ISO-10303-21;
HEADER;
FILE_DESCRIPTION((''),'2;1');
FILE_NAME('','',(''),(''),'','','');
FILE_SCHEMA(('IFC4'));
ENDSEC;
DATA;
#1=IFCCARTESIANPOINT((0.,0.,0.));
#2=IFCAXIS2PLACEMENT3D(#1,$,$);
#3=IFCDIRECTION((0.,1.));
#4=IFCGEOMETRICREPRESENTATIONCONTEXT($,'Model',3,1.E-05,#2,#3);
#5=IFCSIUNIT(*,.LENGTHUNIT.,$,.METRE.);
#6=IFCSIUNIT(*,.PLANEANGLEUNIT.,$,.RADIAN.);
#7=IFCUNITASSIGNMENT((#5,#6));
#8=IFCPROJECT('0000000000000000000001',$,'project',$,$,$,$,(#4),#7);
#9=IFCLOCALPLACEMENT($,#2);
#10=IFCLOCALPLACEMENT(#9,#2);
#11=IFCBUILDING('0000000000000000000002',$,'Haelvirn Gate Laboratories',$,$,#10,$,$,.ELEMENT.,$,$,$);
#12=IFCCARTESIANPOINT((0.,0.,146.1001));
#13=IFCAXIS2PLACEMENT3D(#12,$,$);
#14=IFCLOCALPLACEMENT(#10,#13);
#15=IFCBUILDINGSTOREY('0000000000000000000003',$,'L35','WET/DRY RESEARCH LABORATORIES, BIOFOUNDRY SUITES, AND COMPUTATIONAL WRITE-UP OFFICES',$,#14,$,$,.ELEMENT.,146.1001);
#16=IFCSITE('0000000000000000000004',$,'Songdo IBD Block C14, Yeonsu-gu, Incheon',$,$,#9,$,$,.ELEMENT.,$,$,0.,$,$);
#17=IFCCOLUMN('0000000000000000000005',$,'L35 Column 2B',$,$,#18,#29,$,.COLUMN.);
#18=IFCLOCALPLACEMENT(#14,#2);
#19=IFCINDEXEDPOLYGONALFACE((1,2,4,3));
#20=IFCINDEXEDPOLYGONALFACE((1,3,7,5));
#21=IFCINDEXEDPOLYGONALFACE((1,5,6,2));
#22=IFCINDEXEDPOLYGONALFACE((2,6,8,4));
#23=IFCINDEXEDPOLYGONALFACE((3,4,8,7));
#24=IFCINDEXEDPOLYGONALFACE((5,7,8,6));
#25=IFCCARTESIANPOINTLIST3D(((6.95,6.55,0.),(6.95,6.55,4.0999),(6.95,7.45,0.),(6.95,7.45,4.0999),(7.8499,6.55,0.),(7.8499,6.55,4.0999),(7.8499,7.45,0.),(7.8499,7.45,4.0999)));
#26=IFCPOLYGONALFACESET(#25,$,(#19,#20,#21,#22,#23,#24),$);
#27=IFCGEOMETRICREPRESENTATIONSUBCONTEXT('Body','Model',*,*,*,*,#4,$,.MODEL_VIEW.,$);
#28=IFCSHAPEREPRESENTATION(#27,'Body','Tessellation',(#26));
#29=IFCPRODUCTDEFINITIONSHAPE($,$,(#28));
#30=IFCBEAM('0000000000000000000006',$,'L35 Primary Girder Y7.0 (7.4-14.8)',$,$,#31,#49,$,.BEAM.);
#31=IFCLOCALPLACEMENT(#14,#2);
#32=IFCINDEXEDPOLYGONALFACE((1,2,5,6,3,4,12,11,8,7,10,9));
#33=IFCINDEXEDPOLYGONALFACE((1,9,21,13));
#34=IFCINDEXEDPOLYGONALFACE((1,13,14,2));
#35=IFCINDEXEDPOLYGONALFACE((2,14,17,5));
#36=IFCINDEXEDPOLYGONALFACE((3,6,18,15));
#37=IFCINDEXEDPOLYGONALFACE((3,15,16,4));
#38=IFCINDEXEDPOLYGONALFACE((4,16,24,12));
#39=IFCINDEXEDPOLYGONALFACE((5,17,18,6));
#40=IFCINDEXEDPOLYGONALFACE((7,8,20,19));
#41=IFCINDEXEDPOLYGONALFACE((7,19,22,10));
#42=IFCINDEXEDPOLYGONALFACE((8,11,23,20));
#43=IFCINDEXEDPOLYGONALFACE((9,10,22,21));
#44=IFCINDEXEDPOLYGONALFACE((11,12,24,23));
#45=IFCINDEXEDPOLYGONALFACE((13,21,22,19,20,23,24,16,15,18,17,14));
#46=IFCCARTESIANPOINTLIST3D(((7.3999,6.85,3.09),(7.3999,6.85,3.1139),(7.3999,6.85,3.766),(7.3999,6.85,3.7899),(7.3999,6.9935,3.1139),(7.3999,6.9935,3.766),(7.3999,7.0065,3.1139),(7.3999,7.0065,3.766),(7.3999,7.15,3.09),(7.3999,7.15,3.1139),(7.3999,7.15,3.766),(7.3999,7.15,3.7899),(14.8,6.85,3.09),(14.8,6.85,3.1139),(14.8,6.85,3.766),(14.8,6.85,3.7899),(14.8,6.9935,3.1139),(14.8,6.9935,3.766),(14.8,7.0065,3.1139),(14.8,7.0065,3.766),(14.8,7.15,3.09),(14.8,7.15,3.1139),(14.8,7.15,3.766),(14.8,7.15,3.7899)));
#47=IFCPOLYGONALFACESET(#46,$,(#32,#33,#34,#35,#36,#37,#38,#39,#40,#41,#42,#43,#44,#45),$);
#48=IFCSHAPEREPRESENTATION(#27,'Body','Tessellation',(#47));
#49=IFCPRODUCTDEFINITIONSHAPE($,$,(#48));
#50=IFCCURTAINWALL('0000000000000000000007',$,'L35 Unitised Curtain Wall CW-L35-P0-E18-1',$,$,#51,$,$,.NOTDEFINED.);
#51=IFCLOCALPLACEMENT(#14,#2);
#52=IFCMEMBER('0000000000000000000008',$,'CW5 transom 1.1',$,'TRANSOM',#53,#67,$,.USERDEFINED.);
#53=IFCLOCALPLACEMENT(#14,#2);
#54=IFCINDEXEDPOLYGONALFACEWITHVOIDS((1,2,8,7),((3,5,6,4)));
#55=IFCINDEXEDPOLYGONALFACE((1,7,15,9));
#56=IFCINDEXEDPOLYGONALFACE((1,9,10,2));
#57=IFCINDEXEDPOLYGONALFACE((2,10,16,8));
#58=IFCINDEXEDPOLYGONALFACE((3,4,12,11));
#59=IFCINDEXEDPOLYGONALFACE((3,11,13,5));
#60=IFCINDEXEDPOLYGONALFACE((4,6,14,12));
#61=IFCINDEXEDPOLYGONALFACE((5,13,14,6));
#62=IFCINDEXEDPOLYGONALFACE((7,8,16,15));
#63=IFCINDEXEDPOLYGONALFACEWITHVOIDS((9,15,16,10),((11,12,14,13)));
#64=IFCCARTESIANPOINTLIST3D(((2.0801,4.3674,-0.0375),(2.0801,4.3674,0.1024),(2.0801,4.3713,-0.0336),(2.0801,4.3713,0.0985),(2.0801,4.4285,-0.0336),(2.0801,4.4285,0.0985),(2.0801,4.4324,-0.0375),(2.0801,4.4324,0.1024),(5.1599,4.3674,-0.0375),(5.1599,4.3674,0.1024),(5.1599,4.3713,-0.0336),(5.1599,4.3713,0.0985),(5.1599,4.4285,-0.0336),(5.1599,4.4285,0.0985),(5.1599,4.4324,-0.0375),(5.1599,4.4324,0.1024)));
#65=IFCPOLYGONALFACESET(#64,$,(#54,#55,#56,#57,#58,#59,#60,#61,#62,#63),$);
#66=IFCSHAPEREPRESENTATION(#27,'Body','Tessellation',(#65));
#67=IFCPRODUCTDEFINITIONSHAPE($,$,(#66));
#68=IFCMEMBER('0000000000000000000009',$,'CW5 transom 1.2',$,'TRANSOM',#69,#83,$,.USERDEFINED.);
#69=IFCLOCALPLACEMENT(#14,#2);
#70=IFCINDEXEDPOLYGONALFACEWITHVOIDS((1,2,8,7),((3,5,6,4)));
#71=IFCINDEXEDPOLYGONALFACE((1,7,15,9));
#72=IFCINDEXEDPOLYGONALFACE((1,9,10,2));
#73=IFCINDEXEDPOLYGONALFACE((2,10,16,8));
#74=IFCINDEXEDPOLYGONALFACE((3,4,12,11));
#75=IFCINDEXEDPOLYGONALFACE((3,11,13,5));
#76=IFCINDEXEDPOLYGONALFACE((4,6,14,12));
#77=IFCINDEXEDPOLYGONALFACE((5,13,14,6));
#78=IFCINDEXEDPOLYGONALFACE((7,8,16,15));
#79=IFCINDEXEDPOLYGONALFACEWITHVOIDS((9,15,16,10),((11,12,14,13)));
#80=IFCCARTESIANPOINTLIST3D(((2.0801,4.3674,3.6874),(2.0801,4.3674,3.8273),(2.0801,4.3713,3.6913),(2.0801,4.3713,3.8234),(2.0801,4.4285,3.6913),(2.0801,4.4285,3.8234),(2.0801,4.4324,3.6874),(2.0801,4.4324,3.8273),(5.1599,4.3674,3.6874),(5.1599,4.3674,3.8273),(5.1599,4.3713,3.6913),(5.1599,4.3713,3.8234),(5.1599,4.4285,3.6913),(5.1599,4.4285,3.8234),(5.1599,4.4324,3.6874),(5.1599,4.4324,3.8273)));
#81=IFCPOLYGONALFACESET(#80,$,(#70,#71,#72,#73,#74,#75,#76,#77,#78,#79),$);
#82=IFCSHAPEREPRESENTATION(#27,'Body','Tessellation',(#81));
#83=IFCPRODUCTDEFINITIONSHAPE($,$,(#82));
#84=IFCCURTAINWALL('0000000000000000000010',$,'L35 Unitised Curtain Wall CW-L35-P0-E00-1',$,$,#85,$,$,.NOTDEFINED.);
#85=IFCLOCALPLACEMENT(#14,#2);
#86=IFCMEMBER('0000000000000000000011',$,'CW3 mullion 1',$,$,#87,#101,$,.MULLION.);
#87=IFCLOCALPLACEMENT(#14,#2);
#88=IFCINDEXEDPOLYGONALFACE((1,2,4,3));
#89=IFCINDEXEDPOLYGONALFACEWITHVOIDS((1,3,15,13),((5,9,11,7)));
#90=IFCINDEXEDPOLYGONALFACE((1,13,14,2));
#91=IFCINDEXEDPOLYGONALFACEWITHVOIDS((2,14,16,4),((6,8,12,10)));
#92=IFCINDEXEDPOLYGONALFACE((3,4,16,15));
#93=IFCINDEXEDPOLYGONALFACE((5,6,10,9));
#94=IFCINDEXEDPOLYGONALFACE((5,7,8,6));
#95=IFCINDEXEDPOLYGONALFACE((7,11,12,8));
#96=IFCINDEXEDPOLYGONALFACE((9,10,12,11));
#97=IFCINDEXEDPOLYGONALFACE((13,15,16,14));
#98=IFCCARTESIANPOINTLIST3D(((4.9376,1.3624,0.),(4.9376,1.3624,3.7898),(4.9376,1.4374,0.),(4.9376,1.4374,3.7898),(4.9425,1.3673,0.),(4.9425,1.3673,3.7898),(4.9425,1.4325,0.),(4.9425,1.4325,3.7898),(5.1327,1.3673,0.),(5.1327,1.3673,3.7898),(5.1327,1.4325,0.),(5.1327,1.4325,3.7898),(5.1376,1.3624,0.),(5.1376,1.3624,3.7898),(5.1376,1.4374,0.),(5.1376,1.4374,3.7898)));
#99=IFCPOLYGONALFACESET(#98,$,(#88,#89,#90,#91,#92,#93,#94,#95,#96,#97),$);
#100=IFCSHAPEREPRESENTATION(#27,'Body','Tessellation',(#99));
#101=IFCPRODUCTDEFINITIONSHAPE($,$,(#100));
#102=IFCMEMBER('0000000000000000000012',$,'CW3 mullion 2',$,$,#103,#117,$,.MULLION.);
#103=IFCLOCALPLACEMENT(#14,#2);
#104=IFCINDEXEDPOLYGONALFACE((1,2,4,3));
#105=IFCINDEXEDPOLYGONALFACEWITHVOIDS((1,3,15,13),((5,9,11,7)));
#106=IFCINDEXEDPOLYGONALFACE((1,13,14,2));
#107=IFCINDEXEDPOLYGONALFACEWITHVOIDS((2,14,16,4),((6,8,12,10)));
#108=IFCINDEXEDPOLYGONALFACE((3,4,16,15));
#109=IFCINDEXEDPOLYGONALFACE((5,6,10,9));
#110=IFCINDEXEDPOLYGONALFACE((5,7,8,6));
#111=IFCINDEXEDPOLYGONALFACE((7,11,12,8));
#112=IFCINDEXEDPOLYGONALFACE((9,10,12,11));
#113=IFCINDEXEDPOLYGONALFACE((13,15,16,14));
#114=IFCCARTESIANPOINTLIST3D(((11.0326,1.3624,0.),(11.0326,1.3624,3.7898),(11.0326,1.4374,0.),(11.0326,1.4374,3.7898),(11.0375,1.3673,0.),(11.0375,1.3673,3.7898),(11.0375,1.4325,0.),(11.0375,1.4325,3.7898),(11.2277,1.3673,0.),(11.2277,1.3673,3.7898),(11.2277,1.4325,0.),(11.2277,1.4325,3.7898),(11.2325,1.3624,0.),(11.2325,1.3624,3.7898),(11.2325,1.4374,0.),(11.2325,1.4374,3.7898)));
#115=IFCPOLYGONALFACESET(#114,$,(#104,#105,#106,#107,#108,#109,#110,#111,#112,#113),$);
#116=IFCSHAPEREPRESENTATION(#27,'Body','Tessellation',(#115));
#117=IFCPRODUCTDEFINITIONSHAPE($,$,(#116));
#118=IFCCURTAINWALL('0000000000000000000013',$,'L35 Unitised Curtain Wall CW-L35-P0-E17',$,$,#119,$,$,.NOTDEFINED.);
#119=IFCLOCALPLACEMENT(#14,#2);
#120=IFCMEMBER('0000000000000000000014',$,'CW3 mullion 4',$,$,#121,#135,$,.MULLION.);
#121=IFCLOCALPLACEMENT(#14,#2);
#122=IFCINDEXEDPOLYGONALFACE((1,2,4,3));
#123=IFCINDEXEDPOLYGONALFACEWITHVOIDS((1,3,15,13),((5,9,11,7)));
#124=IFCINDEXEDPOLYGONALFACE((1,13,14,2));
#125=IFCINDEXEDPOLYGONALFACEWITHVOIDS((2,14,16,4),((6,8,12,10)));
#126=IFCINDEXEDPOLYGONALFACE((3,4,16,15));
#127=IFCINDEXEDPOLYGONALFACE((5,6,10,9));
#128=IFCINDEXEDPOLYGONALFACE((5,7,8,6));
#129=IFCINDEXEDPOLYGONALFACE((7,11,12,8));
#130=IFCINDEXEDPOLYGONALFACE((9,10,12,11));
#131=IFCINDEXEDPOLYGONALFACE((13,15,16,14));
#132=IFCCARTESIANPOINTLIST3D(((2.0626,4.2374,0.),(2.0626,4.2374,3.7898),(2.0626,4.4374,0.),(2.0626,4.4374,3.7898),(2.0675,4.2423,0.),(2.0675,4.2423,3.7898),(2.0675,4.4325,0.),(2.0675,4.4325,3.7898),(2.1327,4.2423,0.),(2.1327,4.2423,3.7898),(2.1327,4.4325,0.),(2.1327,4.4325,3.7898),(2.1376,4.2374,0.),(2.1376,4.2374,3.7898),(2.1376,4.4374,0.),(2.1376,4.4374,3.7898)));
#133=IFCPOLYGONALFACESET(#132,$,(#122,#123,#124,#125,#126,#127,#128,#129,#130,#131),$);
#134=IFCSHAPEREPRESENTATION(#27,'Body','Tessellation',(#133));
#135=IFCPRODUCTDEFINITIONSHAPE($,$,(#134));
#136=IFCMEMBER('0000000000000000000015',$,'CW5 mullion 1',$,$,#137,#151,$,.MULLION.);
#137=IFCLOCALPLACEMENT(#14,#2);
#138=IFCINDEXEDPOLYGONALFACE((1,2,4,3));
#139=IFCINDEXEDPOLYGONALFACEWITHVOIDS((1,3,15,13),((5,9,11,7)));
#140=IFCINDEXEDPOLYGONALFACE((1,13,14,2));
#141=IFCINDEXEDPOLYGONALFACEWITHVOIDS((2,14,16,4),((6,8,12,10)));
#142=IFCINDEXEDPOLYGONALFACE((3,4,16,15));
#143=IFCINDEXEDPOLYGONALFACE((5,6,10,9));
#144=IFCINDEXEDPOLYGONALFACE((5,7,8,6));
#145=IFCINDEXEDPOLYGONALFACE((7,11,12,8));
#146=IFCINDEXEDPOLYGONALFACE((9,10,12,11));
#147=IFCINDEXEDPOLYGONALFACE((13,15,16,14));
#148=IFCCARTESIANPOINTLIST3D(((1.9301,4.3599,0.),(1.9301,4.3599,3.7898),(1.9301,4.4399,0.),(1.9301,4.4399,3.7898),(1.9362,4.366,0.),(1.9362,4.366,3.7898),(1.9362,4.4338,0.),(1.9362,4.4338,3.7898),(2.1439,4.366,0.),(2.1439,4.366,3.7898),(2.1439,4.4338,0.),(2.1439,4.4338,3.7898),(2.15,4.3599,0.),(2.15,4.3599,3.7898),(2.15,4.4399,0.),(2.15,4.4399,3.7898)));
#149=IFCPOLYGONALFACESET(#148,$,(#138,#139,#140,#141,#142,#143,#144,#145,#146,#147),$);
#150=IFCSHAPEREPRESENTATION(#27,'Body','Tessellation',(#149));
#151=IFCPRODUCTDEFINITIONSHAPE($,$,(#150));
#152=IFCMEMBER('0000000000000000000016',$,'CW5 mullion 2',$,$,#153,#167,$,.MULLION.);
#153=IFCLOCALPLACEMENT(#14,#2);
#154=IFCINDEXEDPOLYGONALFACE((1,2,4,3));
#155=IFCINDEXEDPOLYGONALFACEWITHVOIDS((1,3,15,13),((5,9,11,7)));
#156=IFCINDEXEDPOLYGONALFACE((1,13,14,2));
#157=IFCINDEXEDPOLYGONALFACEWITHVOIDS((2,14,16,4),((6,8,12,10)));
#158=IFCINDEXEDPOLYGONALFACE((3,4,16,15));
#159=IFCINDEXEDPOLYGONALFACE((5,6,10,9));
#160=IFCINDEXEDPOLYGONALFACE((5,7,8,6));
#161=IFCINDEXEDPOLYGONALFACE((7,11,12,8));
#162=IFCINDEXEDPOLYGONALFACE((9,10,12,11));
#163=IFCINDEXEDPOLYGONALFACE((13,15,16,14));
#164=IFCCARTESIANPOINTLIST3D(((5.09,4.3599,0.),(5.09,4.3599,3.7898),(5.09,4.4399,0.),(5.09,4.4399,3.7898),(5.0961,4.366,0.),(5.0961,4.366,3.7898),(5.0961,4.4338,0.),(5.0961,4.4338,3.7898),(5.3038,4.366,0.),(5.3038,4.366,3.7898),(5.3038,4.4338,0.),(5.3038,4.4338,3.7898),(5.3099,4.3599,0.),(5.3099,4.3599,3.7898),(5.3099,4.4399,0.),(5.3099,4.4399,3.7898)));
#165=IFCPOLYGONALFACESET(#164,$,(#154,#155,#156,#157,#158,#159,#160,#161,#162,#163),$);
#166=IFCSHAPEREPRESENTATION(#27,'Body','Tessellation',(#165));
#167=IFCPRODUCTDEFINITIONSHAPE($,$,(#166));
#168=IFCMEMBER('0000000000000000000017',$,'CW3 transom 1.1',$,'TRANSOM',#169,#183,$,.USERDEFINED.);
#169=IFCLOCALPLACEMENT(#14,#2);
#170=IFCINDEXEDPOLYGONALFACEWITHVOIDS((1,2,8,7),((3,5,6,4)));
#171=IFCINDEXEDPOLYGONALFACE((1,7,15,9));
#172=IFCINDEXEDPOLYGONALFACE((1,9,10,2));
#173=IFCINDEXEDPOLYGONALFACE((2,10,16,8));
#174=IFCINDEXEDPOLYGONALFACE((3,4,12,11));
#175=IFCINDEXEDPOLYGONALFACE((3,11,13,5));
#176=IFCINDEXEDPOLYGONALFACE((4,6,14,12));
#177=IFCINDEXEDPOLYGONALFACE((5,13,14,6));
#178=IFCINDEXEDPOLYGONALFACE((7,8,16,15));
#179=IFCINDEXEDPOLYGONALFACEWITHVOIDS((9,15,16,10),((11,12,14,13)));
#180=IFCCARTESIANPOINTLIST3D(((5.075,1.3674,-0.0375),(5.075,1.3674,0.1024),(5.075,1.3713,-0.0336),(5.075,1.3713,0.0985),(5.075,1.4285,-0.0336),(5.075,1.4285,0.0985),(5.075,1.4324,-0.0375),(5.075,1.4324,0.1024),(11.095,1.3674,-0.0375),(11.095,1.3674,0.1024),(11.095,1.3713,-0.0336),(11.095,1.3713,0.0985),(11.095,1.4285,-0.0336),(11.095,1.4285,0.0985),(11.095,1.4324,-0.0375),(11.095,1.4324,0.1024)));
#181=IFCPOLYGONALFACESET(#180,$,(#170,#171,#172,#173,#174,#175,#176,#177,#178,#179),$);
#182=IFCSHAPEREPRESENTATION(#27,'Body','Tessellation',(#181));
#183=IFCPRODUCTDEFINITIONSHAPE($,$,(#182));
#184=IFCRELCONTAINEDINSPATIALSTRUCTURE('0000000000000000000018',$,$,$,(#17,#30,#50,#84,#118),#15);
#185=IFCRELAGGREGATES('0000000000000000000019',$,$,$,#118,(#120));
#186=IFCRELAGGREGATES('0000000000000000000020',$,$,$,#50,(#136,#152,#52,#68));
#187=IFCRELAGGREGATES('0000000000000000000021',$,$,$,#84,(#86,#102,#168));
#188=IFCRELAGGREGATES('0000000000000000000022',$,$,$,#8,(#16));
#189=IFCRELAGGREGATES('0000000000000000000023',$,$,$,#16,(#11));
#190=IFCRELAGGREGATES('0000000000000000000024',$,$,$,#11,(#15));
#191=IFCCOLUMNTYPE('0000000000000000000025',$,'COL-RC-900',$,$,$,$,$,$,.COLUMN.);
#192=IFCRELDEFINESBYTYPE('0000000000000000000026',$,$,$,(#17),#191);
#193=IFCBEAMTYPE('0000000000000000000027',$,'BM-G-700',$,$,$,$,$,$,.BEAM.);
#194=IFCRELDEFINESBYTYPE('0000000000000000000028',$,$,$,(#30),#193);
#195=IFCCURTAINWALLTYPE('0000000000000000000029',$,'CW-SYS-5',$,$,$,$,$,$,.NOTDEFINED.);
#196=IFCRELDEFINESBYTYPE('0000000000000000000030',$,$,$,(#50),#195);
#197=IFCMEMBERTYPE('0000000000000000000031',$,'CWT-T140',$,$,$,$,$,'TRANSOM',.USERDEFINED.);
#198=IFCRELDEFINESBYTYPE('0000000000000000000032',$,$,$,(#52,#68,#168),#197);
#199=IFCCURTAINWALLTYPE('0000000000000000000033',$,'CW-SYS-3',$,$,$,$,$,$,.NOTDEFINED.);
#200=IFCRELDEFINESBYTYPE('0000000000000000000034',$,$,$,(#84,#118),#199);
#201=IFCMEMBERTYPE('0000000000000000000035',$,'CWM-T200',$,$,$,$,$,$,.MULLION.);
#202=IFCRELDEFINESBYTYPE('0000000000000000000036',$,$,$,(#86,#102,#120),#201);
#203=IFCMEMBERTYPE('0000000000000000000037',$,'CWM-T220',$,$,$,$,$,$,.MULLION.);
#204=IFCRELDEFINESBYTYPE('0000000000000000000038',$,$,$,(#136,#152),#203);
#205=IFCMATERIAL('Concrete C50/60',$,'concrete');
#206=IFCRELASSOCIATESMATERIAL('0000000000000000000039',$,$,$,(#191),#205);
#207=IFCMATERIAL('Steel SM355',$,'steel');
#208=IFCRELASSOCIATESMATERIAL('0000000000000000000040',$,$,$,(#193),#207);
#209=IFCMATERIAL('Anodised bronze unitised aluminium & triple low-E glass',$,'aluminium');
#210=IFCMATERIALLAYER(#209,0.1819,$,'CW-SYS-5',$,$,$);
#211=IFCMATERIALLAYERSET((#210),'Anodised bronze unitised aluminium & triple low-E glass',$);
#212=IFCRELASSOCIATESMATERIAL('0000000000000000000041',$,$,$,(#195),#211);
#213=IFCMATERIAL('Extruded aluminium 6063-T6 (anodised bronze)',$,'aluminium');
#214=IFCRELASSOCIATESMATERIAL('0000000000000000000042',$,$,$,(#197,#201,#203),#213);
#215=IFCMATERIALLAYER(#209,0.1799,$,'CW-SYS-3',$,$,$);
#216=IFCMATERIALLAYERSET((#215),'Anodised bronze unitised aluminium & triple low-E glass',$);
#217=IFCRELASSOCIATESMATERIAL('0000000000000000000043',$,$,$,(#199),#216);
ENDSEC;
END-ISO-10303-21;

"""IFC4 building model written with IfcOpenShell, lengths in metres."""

from ifc_helpers import new_model, si_unit, direction, frame, origin, origin_2d, place, context, subcontext, project, spatial, rectangle, hollow_rectangle, i_section, extrude, source, transform, mapped, material, layer, layer_set, material_profile, profile_set, type_object, type_shapes, element, aggregate, save


model = new_model("IFC4")

# Units and contexts
model_context = context("Model", 3, precision=1e-05, world=origin(), true_north=direction((0.0, 1.0)))
body_context = subcontext(model_context, "Body", "Model", "MODEL_VIEW")
ifc_project = project(units=[si_unit("LENGTHUNIT", "METRE"), si_unit("PLANEANGLEUNIT", "RADIAN")], contexts=[model_context])

# Site, building, storey
site_placement = place(None, origin())
site = spatial("IfcSite", under=ifc_project, at=site_placement, Name="Songdo IBD Block C14, Yeonsu-gu, Incheon", CompositionType="ELEMENT", RefElevation=0.0)
building_placement = place(site_placement, origin())
building = spatial("IfcBuilding", under=site, at=building_placement, Name="Haelvirn Gate Laboratories", CompositionType="ELEMENT")
storey_placement = place(building_placement, frame((0.0, 0.0, 146.1001)))
storey = spatial("IfcBuildingStorey", under=building, at=storey_placement, Name="L35", Description="WET/DRY RESEARCH LABORATORIES, BIOFOUNDRY SUITES, AND COMPUTATIONAL WRITE-UP OFFICES", CompositionType="ELEMENT", Elevation=146.1001)

# Column
ifc_material_1 = material(Name="Concrete C50/60", Category="concrete")
ifc_material_profile_1 = material_profile(ifc_material_1, rectangle(XDim=0.8999, YDim=0.8999, at=origin_2d()), Name="RC-900x900")
ifc_profile_set_1 = profile_set([ifc_material_profile_1], Name="Concrete C50/60")
column_type = type_object("IfcColumnType", Name="COL-RC-900", PredefinedType="COLUMN", material=ifc_profile_set_1)
shared_shape_1 = source(origin(), body_context, "Body", "SweptSolid", [
    extrude(rectangle(XDim=0.8999, YDim=0.8999, at=origin_2d()), origin(), (0.0, 0.0, 1.0), 4.0999),
])
type_shapes(column_type, [shared_shape_1])
column_placement = place(storey_placement, frame((7.3999, 7.0, 0.0), z_axis=(0.0, 0.0, 1.0), x_axis=(1.0, 0.0, 0.0)))
element("IfcColumn", 1, at=column_placement, inside=storey, type_object=column_type, Name="L35 Column 2B", PredefinedType="COLUMN", context=body_context, shape_type="MappedRepresentation", body=[
    mapped(shared_shape_1, transform((0.0, 0.0, 0.0), scale=1.0)),
])

# Beam
ifc_material_2 = material(Name="Steel SM355", Category="steel")
ifc_material_profile_2 = material_profile(ifc_material_2, i_section(OverallWidth=0.3, OverallDepth=0.7, WebThickness=0.0129, FlangeThickness=0.0239, at=origin_2d()), Name="H-700x300x13x24")
ifc_profile_set_2 = profile_set([ifc_material_profile_2], Name="Steel SM355")
beam_type = type_object("IfcBeamType", Name="BM-G-700", PredefinedType="BEAM", material=ifc_profile_set_2)
shared_shape_2 = source(origin(), body_context, "Body", "SweptSolid", [
    extrude(i_section(OverallWidth=0.3, OverallDepth=0.7, WebThickness=0.0129, FlangeThickness=0.0239, at=origin_2d()), origin(), (0.0, 0.0, 1.0), 7.4001),
])
type_shapes(beam_type, [shared_shape_2])
beam_placement = place(storey_placement, frame((7.3999, 7.0, 3.4399), z_axis=(1.0, 0.0, 0.0), x_axis=(0.0, 1.0, 0.0)))
element("IfcBeam", 2, at=beam_placement, inside=storey, type_object=beam_type, Name="L35 Primary Girder Y7.0 (7.4-14.8)", PredefinedType="BEAM", context=body_context, shape_type="MappedRepresentation", body=[
    mapped(shared_shape_2, transform((0.0, 0.0, 0.0), scale=1.0)),
])

# Curtain walls, members
ifc_material_3 = material(Name="Anodised bronze unitised aluminium & triple low-E glass", Category="aluminium")
ifc_layer_1 = layer(ifc_material_3, 0.1819, Name="CW-SYS-5")
ifc_layer_set_1 = layer_set([ifc_layer_1], Name="Anodised bronze unitised aluminium & triple low-E glass")
curtain_wall_type_1 = type_object("IfcCurtainWallType", Name="CW-SYS-5", PredefinedType="NOTDEFINED", material=ifc_layer_set_1)
curtain_wall_1_placement = place(storey_placement, origin())
curtain_wall_1 = element("IfcCurtainWall", 3, at=curtain_wall_1_placement, inside=storey, type_object=curtain_wall_type_1, Name="L35 Unitised Curtain Wall CW-L35-P0-E18-1", PredefinedType="NOTDEFINED")
ifc_material_4 = material(Name="Extruded aluminium 6063-T6 (anodised bronze)", Category="aluminium")
ifc_material_profile_3 = material_profile(ifc_material_4, hollow_rectangle(XDim=0.0649, YDim=0.1399, WallThickness=0.0039, at=origin_2d()), Name="CWT-140x65x4")
ifc_profile_set_3 = profile_set([ifc_material_profile_3], Name="Extruded aluminium 6063-T6 (anodised bronze)")
member_type_1 = type_object("IfcMemberType", Name="CWT-T140", ElementType="TRANSOM", PredefinedType="USERDEFINED", material=ifc_profile_set_3)
shared_shape_3 = source(origin(), body_context, "Body", "SweptSolid", [
    extrude(hollow_rectangle(XDim=0.0649, YDim=0.1399, WallThickness=0.0039, at=origin_2d()), origin(), (0.0, 0.0, 1.0), 3.0798),
])
member_1_placement = place(storey_placement, frame((2.0801, 4.3999, 0.0325), z_axis=(1.0, 0.0, 0.0), x_axis=(0.0, 1.0, 0.0)))
member_1 = element("IfcMember", 4, at=member_1_placement, type_object=member_type_1, Name="CW5 transom 1.1", ObjectType="TRANSOM", PredefinedType="USERDEFINED", context=body_context, shape_type="MappedRepresentation", body=[
    mapped(shared_shape_3, transform((0.0, 0.0, 0.0), scale=1.0)),
])
member_2_placement = place(storey_placement, frame((2.0801, 4.3999, 3.7573), z_axis=(1.0, 0.0, 0.0), x_axis=(0.0, 1.0, 0.0)))
member_2 = element("IfcMember", 5, at=member_2_placement, type_object=member_type_1, Name="CW5 transom 1.2", ObjectType="TRANSOM", PredefinedType="USERDEFINED", context=body_context, shape_type="MappedRepresentation", body=[
    mapped(shared_shape_3, transform((0.0, 0.0, 0.0), scale=1.0)),
])
ifc_layer_2 = layer(ifc_material_3, 0.1799, Name="CW-SYS-3")
ifc_layer_set_2 = layer_set([ifc_layer_2], Name="Anodised bronze unitised aluminium & triple low-E glass")
curtain_wall_type_2 = type_object("IfcCurtainWallType", Name="CW-SYS-3", PredefinedType="NOTDEFINED", material=ifc_layer_set_2)
curtain_wall_2_placement = place(storey_placement, origin())
curtain_wall_2 = element("IfcCurtainWall", 6, at=curtain_wall_2_placement, inside=storey, type_object=curtain_wall_type_2, Name="L35 Unitised Curtain Wall CW-L35-P0-E00-1", PredefinedType="NOTDEFINED")
ifc_material_profile_4 = material_profile(ifc_material_4, hollow_rectangle(XDim=0.075, YDim=0.2, WallThickness=0.0049, at=origin_2d()), Name="CWM-200x75x5")
ifc_profile_set_4 = profile_set([ifc_material_profile_4], Name="Extruded aluminium 6063-T6 (anodised bronze)")
member_type_2 = type_object("IfcMemberType", Name="CWM-T200", PredefinedType="MULLION", material=ifc_profile_set_4)
shared_shape_4 = source(origin(), body_context, "Body", "SweptSolid", [
    extrude(hollow_rectangle(XDim=0.075, YDim=0.2, WallThickness=0.0049, at=origin_2d()), origin(), (0.0, 0.0, 1.0), 3.7898),
])
type_shapes(member_type_2, [shared_shape_4])
member_3_placement = place(storey_placement, frame((5.0376, 1.3999, 0.0), z_axis=(0.0, 0.0, 1.0), x_axis=(0.0, 1.0, 0.0)))
member_3 = element("IfcMember", 7, at=member_3_placement, type_object=member_type_2, Name="CW3 mullion 1", PredefinedType="MULLION", context=body_context, shape_type="MappedRepresentation", body=[
    mapped(shared_shape_4, transform((0.0, 0.0, 0.0), scale=1.0)),
])
member_4_placement = place(storey_placement, frame((11.1326, 1.3999, 0.0), z_axis=(0.0, 0.0, 1.0), x_axis=(0.0, 1.0, 0.0)))
member_4 = element("IfcMember", 8, at=member_4_placement, type_object=member_type_2, Name="CW3 mullion 2", PredefinedType="MULLION", context=body_context, shape_type="MappedRepresentation", body=[
    mapped(shared_shape_4, transform((0.0, 0.0, 0.0), scale=1.0)),
])

# Curtain wall, member
curtain_wall_3_placement = place(storey_placement, origin())
curtain_wall_3 = element("IfcCurtainWall", 9, at=curtain_wall_3_placement, inside=storey, type_object=curtain_wall_type_2, Name="L35 Unitised Curtain Wall CW-L35-P0-E17", PredefinedType="NOTDEFINED")
member_5_placement = place(storey_placement, frame((2.1001, 4.3374, 0.0), z_axis=(0.0, 0.0, 1.0), x_axis=(1.0, 0.0, 0.0)))
member_5 = element("IfcMember", 10, at=member_5_placement, type_object=member_type_2, Name="CW3 mullion 4", PredefinedType="MULLION", context=body_context, shape_type="MappedRepresentation", body=[
    mapped(shared_shape_4, transform((0.0, 0.0, 0.0), scale=1.0)),
])
aggregate(curtain_wall_3, [member_5])

# Members
ifc_material_profile_5 = material_profile(ifc_material_4, hollow_rectangle(XDim=0.0801, YDim=0.22, WallThickness=0.0061, at=origin_2d()), Name="CWM-220x80x6")
ifc_profile_set_5 = profile_set([ifc_material_profile_5], Name="Extruded aluminium 6063-T6 (anodised bronze)")
member_type_3 = type_object("IfcMemberType", Name="CWM-T220", PredefinedType="MULLION", material=ifc_profile_set_5)
shared_shape_5 = source(origin(), body_context, "Body", "SweptSolid", [
    extrude(hollow_rectangle(XDim=0.0801, YDim=0.22, WallThickness=0.0061, at=origin_2d()), origin(), (0.0, 0.0, 1.0), 3.7898),
])
type_shapes(member_type_3, [shared_shape_5])
member_6_placement = place(storey_placement, frame((2.04, 4.3999, 0.0), z_axis=(0.0, 0.0, 1.0), x_axis=(0.0, 1.0, 0.0)))
member_6 = element("IfcMember", 11, at=member_6_placement, type_object=member_type_3, Name="CW5 mullion 1", PredefinedType="MULLION", context=body_context, shape_type="MappedRepresentation", body=[
    mapped(shared_shape_5, transform((0.0, 0.0, 0.0), scale=1.0)),
])
member_7_placement = place(storey_placement, frame((5.2, 4.3999, 0.0), z_axis=(0.0, 0.0, 1.0), x_axis=(0.0, 1.0, 0.0)))
member_7 = element("IfcMember", 12, at=member_7_placement, type_object=member_type_3, Name="CW5 mullion 2", PredefinedType="MULLION", context=body_context, shape_type="MappedRepresentation", body=[
    mapped(shared_shape_5, transform((0.0, 0.0, 0.0), scale=1.0)),
])
shared_shape_6 = source(origin(), body_context, "Body", "SweptSolid", [
    extrude(hollow_rectangle(XDim=0.0649, YDim=0.1399, WallThickness=0.0039, at=origin_2d()), origin(), (0.0, 0.0, 1.0), 6.02),
])
type_shapes(member_type_1, [shared_shape_3, shared_shape_6])
member_8_placement = place(storey_placement, frame((5.075, 1.3999, 0.0325), z_axis=(1.0, 0.0, 0.0), x_axis=(0.0, 1.0, 0.0)))
member_8 = element("IfcMember", 13, at=member_8_placement, type_object=member_type_1, Name="CW3 transom 1.1", ObjectType="TRANSOM", PredefinedType="USERDEFINED", context=body_context, shape_type="MappedRepresentation", body=[
    mapped(shared_shape_6, transform((0.0, 0.0, 0.0), scale=1.0)),
])

aggregate(curtain_wall_1, [member_6, member_7, member_1, member_2])
aggregate(curtain_wall_2, [member_3, member_4, member_8])

save(model, "model.ifc")
